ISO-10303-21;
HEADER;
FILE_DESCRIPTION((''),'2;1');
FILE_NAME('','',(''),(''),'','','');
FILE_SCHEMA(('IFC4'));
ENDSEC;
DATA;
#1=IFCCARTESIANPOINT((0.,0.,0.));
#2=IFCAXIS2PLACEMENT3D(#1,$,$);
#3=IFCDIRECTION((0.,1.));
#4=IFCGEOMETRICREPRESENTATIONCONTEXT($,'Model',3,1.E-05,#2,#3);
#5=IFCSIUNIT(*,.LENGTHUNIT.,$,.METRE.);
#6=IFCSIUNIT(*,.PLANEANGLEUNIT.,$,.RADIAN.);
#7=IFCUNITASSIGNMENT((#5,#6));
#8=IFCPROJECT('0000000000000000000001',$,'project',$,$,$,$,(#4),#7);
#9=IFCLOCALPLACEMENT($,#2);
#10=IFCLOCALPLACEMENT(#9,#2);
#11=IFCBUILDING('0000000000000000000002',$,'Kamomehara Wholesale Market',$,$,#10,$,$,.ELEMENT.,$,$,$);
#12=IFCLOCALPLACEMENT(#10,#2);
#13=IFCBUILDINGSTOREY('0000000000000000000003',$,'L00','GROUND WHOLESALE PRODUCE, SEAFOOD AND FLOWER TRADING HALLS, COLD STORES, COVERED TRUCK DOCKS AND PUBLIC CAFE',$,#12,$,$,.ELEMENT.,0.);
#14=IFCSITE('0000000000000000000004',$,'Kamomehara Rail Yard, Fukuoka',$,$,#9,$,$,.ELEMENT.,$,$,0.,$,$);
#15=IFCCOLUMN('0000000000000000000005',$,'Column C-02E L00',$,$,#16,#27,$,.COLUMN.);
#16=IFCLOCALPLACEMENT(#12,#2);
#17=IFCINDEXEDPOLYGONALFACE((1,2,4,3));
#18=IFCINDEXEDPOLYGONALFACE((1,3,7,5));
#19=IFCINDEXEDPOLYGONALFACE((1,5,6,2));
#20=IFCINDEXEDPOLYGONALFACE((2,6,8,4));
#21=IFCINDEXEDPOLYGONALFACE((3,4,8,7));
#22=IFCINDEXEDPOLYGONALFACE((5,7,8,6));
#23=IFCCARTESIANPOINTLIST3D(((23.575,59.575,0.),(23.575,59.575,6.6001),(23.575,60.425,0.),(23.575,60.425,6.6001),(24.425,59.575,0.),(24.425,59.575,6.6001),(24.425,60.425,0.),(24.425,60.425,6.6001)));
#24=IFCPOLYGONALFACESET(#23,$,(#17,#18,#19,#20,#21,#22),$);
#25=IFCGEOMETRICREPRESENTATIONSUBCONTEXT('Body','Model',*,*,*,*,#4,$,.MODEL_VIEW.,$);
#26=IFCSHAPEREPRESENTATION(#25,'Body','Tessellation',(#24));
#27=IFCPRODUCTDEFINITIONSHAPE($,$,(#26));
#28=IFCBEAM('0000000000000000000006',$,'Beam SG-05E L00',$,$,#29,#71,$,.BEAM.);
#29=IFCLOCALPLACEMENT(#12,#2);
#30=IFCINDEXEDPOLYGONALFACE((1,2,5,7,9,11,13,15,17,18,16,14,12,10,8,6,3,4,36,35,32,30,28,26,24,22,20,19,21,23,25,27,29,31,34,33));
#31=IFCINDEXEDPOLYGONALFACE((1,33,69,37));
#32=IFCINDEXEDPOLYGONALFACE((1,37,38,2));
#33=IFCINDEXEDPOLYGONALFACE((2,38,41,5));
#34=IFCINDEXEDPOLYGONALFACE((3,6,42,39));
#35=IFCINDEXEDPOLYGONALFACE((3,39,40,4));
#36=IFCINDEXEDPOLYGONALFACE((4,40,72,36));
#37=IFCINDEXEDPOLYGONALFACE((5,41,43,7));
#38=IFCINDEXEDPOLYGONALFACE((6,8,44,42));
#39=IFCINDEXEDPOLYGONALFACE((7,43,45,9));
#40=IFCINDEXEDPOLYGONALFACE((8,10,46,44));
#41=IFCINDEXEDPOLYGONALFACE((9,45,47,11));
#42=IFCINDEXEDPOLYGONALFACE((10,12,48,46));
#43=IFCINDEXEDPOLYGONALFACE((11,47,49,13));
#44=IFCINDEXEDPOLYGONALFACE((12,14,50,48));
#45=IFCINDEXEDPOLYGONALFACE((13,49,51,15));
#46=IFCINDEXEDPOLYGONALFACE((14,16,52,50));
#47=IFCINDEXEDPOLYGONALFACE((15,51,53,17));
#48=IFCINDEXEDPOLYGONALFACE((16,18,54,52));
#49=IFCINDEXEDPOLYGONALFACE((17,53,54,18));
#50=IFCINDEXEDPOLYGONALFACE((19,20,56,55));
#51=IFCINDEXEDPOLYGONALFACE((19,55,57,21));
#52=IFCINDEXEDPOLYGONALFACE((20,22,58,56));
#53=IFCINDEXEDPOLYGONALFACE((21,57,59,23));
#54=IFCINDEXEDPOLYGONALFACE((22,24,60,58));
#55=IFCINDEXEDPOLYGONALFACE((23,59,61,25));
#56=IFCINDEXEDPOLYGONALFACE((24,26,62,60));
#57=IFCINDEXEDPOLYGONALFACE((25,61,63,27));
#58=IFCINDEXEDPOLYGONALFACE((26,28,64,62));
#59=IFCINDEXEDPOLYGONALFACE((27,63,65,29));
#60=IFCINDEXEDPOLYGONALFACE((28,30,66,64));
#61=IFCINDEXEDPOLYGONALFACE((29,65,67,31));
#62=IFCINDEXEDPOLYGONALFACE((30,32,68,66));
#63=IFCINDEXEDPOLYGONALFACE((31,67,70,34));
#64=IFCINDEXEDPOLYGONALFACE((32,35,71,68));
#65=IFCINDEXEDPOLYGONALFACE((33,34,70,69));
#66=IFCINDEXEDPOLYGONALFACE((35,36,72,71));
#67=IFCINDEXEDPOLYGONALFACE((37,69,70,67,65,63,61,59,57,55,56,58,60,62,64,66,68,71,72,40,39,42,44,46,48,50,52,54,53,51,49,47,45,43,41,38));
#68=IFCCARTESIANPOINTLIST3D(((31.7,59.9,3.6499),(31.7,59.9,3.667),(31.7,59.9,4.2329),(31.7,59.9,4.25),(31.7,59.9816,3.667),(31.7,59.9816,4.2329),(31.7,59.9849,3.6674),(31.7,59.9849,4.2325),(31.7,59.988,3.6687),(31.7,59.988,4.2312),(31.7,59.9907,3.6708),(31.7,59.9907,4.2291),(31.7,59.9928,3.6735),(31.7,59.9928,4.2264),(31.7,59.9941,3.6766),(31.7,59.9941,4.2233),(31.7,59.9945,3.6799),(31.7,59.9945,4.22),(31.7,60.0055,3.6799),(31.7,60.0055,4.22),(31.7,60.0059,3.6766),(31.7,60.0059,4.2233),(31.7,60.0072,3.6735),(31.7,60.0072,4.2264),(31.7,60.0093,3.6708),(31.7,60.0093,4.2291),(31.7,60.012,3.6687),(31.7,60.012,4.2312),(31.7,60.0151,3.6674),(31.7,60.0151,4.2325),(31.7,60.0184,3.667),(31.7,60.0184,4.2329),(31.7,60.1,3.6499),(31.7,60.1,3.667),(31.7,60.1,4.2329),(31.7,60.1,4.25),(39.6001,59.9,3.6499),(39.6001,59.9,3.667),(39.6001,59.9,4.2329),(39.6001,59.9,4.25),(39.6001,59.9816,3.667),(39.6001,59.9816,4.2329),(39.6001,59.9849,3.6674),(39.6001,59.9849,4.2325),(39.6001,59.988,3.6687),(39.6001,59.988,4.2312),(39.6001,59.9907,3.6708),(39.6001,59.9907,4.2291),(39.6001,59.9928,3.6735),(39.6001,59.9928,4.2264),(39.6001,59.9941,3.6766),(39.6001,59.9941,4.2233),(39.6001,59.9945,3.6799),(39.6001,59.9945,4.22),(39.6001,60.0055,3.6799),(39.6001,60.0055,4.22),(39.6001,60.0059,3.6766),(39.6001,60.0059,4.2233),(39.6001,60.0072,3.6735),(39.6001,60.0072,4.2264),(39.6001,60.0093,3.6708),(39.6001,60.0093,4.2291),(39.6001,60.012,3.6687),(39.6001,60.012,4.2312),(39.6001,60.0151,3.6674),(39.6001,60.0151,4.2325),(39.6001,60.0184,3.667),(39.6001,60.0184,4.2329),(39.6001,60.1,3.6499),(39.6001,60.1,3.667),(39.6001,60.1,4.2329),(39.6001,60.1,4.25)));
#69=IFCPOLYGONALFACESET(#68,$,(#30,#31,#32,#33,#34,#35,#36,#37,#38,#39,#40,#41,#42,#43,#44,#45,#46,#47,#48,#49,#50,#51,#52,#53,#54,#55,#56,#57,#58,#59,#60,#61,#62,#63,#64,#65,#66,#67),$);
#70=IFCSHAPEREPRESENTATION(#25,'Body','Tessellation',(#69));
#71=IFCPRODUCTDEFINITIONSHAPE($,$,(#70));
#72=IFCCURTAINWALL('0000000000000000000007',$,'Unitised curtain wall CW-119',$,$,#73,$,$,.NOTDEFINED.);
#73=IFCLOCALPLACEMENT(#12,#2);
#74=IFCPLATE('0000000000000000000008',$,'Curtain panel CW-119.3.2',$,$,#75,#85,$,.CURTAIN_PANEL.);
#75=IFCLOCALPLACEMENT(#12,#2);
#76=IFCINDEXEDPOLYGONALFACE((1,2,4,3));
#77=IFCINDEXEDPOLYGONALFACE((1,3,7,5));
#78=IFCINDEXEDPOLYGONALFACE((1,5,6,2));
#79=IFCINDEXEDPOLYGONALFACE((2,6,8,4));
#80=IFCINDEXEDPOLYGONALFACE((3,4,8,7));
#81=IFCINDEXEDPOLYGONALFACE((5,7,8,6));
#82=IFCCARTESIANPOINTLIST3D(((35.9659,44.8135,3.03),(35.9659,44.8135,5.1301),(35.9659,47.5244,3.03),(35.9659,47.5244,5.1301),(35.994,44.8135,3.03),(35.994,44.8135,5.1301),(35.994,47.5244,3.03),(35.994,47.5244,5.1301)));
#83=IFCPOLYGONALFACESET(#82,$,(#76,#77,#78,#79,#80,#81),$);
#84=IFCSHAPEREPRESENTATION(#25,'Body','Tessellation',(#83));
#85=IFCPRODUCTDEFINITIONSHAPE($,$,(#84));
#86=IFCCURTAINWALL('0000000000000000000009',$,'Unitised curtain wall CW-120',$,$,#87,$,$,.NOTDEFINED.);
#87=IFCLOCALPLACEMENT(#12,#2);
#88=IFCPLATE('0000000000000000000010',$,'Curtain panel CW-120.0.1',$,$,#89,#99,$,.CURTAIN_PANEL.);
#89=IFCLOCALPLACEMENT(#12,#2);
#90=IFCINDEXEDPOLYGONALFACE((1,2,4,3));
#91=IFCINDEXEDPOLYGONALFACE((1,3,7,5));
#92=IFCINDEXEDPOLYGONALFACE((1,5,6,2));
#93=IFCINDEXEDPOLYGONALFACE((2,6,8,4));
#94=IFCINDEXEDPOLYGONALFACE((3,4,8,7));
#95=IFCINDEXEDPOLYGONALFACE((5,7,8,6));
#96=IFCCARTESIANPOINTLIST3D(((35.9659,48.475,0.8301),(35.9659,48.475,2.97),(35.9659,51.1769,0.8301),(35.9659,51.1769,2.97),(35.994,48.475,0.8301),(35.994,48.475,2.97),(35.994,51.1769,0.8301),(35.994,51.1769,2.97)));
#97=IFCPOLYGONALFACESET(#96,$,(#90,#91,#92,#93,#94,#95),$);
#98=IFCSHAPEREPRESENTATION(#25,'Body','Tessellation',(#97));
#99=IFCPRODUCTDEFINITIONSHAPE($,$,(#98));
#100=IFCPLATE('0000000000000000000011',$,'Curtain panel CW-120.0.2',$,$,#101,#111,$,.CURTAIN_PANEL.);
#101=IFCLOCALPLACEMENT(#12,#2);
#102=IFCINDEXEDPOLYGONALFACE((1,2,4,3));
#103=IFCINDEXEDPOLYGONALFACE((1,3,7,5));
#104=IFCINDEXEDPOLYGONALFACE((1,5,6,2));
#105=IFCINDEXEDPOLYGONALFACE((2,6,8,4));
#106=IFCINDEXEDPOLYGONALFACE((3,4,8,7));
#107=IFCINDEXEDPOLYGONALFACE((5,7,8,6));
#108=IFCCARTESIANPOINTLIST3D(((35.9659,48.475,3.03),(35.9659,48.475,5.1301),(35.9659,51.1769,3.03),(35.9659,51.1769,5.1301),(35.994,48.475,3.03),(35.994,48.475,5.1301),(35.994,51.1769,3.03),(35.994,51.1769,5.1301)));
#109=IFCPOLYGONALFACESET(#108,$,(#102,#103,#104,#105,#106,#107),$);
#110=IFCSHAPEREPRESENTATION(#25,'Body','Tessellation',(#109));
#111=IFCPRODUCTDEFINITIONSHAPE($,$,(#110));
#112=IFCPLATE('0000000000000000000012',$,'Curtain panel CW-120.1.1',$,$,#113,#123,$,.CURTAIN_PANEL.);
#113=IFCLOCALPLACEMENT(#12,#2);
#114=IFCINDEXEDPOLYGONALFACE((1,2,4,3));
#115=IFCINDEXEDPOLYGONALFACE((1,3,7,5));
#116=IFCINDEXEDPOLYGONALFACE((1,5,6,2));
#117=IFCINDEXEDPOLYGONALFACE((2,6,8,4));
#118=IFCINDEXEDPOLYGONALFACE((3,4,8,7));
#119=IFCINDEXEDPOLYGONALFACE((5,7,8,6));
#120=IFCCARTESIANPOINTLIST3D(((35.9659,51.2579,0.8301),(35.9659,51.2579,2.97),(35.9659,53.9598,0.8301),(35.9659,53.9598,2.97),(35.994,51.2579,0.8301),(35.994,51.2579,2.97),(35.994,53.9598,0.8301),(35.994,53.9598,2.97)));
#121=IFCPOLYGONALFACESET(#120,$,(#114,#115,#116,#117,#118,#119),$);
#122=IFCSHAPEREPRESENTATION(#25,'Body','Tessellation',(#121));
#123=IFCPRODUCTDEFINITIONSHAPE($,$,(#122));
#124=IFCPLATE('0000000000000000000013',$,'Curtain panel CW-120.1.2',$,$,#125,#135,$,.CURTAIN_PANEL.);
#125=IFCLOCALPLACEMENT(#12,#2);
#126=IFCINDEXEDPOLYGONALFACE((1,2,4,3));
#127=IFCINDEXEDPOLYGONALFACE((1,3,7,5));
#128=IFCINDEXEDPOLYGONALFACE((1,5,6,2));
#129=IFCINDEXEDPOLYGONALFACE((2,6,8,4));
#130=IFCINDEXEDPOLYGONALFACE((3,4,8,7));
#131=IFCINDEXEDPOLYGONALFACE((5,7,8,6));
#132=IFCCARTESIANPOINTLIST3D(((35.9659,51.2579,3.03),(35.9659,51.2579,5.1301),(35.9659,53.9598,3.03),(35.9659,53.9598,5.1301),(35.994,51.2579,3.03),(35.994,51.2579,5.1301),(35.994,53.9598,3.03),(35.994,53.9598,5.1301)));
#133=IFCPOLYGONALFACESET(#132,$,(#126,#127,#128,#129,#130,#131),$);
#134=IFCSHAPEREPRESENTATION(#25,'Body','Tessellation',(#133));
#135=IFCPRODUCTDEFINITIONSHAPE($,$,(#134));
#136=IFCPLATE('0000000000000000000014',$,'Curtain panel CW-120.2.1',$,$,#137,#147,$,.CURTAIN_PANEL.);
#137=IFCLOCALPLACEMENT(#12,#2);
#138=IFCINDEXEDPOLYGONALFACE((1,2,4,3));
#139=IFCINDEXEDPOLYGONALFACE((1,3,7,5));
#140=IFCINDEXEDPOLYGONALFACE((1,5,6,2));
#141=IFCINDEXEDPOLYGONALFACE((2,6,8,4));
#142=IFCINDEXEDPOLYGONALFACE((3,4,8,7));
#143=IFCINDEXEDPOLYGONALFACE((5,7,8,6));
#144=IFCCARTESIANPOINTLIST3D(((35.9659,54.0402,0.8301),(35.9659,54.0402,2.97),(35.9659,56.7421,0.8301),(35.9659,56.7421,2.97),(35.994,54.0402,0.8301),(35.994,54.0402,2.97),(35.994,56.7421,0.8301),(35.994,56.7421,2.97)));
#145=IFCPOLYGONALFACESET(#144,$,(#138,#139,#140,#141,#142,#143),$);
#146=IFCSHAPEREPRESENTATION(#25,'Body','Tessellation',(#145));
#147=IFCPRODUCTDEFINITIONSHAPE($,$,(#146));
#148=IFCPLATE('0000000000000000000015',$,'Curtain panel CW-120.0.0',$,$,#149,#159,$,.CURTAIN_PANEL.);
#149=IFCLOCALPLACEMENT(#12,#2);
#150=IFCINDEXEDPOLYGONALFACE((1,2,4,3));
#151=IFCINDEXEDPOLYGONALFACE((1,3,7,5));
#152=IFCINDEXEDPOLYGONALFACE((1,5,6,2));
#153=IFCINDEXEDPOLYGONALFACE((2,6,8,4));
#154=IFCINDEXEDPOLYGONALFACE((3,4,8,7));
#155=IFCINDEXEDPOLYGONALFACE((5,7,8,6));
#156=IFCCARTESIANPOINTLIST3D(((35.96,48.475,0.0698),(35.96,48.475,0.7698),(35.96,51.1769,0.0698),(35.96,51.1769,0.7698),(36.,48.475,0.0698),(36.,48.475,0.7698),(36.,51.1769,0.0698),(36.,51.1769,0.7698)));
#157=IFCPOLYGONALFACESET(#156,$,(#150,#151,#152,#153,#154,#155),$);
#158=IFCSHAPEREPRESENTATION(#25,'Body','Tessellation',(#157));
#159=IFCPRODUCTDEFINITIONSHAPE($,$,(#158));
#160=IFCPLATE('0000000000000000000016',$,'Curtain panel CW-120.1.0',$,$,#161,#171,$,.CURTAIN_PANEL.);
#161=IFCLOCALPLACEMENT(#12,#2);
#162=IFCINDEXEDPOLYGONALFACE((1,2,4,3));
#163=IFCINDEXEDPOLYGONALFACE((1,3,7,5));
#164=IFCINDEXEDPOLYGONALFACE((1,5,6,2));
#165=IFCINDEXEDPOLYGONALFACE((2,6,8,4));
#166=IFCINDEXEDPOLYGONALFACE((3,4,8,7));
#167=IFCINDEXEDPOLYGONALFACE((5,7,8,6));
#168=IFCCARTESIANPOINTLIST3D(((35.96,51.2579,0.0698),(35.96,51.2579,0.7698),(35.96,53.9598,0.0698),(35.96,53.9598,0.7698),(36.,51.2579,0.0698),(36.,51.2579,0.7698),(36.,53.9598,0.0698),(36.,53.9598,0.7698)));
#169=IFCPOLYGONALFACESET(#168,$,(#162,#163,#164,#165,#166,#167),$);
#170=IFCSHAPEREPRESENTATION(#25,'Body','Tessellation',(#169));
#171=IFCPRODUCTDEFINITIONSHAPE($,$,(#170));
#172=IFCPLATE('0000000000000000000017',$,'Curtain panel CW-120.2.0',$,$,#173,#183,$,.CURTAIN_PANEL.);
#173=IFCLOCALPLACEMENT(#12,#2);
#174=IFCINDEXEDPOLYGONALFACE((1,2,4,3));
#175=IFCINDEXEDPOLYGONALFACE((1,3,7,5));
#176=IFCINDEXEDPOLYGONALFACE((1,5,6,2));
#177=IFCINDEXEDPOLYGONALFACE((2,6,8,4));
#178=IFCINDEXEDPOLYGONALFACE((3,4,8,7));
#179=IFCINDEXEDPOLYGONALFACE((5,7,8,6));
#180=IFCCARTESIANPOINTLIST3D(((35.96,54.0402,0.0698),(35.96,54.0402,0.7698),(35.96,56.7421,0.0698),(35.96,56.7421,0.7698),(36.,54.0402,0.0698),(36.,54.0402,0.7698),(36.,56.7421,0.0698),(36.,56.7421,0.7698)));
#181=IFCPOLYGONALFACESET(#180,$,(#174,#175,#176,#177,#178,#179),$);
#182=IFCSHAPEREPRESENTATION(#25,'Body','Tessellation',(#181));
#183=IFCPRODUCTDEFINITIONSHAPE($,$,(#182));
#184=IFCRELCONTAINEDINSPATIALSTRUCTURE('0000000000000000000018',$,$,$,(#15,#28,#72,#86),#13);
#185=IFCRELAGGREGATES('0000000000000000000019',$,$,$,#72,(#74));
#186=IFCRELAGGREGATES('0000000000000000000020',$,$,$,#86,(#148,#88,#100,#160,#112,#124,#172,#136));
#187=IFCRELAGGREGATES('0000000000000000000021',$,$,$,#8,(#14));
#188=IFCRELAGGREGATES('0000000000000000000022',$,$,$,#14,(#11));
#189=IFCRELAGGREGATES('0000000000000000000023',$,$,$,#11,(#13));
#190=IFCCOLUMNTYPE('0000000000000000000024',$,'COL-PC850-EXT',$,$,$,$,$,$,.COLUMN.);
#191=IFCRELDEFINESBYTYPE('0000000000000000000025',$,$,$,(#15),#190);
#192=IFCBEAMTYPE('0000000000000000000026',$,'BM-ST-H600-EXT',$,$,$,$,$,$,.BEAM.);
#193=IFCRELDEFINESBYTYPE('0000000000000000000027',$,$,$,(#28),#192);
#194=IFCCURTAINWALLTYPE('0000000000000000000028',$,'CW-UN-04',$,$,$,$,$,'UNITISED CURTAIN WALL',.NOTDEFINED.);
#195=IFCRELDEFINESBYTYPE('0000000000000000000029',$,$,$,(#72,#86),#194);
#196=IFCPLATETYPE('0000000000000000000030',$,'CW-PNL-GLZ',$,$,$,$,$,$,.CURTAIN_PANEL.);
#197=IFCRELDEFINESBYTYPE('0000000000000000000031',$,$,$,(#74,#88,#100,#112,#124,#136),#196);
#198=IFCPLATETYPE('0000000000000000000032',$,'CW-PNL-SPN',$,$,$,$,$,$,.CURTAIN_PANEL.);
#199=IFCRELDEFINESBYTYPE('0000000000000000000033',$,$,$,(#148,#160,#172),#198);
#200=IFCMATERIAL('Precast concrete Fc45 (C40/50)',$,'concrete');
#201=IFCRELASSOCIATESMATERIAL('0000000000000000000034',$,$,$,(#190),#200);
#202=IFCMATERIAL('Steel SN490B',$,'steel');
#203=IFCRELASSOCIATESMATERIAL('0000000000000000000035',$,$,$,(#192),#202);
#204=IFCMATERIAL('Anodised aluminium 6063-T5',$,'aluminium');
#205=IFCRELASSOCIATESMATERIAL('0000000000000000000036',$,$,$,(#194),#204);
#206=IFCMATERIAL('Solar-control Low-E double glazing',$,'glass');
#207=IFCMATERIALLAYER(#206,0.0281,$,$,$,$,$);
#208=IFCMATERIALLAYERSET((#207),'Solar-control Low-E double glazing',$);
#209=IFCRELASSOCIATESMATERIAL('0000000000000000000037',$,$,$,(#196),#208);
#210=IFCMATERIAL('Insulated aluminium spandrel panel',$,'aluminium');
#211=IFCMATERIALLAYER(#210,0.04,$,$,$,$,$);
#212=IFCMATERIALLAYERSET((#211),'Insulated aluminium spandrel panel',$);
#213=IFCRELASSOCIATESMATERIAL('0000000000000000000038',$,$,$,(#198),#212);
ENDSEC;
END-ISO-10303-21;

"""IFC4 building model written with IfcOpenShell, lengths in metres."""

from ifc_helpers import new_model, si_unit, direction, frame, origin, origin_2d, place, context, subcontext, project, spatial, rectangle, i_section, extrude, material, layer, layer_set, material_profile, profile_set, type_object, element, aggregate, save


model = new_model("IFC4")

# Units and contexts
model_context = context("Model", 3, precision=1e-05, world=origin(), true_north=direction((0.0, 1.0)))
body_context = subcontext(model_context, "Body", "Model", "MODEL_VIEW")
ifc_project = project(units=[si_unit("LENGTHUNIT", "METRE"), si_unit("PLANEANGLEUNIT", "RADIAN")], contexts=[model_context])

# Site, building, storey
site_placement = place(None, origin())
site = spatial("IfcSite", under=ifc_project, at=site_placement, Name="Kamomehara Rail Yard, Fukuoka", CompositionType="ELEMENT", RefElevation=0.0)
building_placement = place(site_placement, origin())
building = spatial("IfcBuilding", under=site, at=building_placement, Name="Kamomehara Wholesale Market", CompositionType="ELEMENT")
storey_placement = place(building_placement, origin())
storey = spatial("IfcBuildingStorey", under=building, at=storey_placement, Name="L00", Description="GROUND WHOLESALE PRODUCE, SEAFOOD AND FLOWER TRADING HALLS, COLD STORES, COVERED TRUCK DOCKS AND PUBLIC CAFE", CompositionType="ELEMENT", Elevation=0.0)

# Column
ifc_material_1 = material(Name="Precast concrete Fc45 (C40/50)", Category="concrete")
ifc_material_profile_1 = material_profile(ifc_material_1, rectangle(XDim=0.8501, YDim=0.8501, at=origin_2d()), Name="PC-COL-850x850")
ifc_profile_set_1 = profile_set([ifc_material_profile_1], Name="Precast concrete Fc45 (C40/50)")
column_type = type_object("IfcColumnType", Name="COL-PC850-EXT", PredefinedType="COLUMN", material=ifc_profile_set_1)
column_placement = place(storey_placement, frame((24.0, 60.0, 0.0), z_axis=(0.0, 0.0, 1.0), x_axis=(1.0, 0.0, 0.0)))
element("IfcColumn", 1, at=column_placement, inside=storey, type_object=column_type, Name="Column C-02E L00", PredefinedType="COLUMN", context=body_context, shape_type="SweptSolid", body=[
    extrude(rectangle(XDim=0.8501, YDim=0.8501, at=origin_2d()), origin(), (0.0, 0.0, 1.0), 6.6001),
])

# Beam
ifc_material_2 = material(Name="Steel SN490B", Category="steel")
ifc_material_profile_2 = material_profile(ifc_material_2, i_section(OverallWidth=0.2, OverallDepth=0.6001, WebThickness=0.011, FlangeThickness=0.0171, FilletRadius=0.0129, at=origin_2d()), Name="H-600x200x11x17")
ifc_profile_set_2 = profile_set([ifc_material_profile_2], Name="Steel SN490B")
beam_type = type_object("IfcBeamType", Name="BM-ST-H600-EXT", PredefinedType="BEAM", material=ifc_profile_set_2)
beam_placement = place(storey_placement, frame((31.7, 60.0, 3.95), z_axis=(1.0, 0.0, 0.0), x_axis=(0.0, 1.0, 0.0)))
element("IfcBeam", 2, at=beam_placement, inside=storey, type_object=beam_type, Name="Beam SG-05E L00", PredefinedType="BEAM", context=body_context, shape_type="SweptSolid", body=[
    extrude(i_section(OverallWidth=0.2, OverallDepth=0.6001, WebThickness=0.011, FlangeThickness=0.0171, FilletRadius=0.0129, at=origin_2d()), origin(), (0.0, 0.0, 1.0), 7.9001),
])

# Curtain wall, plate
ifc_material_3 = material(Name="Anodised aluminium 6063-T5", Category="aluminium")
curtain_wall_type = type_object("IfcCurtainWallType", Name="CW-UN-04", ElementType="UNITISED CURTAIN WALL", PredefinedType="NOTDEFINED", material=ifc_material_3)
curtain_wall_1_placement = place(storey_placement, origin())
curtain_wall_1 = element("IfcCurtainWall", 3, at=curtain_wall_1_placement, inside=storey, type_object=curtain_wall_type, Name="Unitised curtain wall CW-119", PredefinedType="NOTDEFINED")
ifc_material_4 = material(Name="Solar-control Low-E double glazing", Category="glass")
ifc_layer_1 = layer(ifc_material_4, 0.0281)
ifc_layer_set_1 = layer_set([ifc_layer_1], Name="Solar-control Low-E double glazing")
plate_type_1 = type_object("IfcPlateType", Name="CW-PNL-GLZ", PredefinedType="CURTAIN_PANEL", material=ifc_layer_set_1)
plate_1_placement = place(storey_placement, frame((35.98, 46.1689, 3.03), z_axis=(0.0, 0.0, 1.0), x_axis=(0.0, 1.0, 0.0)))
plate_1 = element("IfcPlate", 4, at=plate_1_placement, type_object=plate_type_1, Name="Curtain panel CW-119.3.2", PredefinedType="CURTAIN_PANEL", context=body_context, shape_type="SweptSolid", body=[
    extrude(rectangle(XDim=2.7109, YDim=0.0281, at=origin_2d()), origin(), (0.0, 0.0, 1.0), 2.1001),
])
aggregate(curtain_wall_1, [plate_1])

# Curtain wall, plates
curtain_wall_2_placement = place(storey_placement, origin())
curtain_wall_2 = element("IfcCurtainWall", 5, at=curtain_wall_2_placement, inside=storey, type_object=curtain_wall_type, Name="Unitised curtain wall CW-120", PredefinedType="NOTDEFINED")
plate_2_placement = place(storey_placement, frame((35.98, 49.8259, 0.8301), z_axis=(0.0, 0.0, 1.0), x_axis=(0.0, 1.0, 0.0)))
plate_2 = element("IfcPlate", 6, at=plate_2_placement, type_object=plate_type_1, Name="Curtain panel CW-120.0.1", PredefinedType="CURTAIN_PANEL", context=body_context, shape_type="SweptSolid", body=[
    extrude(rectangle(XDim=2.7019, YDim=0.0281, at=origin_2d()), origin(), (0.0, 0.0, 1.0), 2.1399),
])
plate_3_placement = place(storey_placement, frame((35.98, 49.8259, 3.03), z_axis=(0.0, 0.0, 1.0), x_axis=(0.0, 1.0, 0.0)))
plate_3 = element("IfcPlate", 7, at=plate_3_placement, type_object=plate_type_1, Name="Curtain panel CW-120.0.2", PredefinedType="CURTAIN_PANEL", context=body_context, shape_type="SweptSolid", body=[
    extrude(rectangle(XDim=2.7019, YDim=0.0281, at=origin_2d()), origin(), (0.0, 0.0, 1.0), 2.1001),
])
plate_4_placement = place(storey_placement, frame((35.98, 52.6089, 0.8301), z_axis=(0.0, 0.0, 1.0), x_axis=(0.0, 1.0, 0.0)))
plate_4 = element("IfcPlate", 8, at=plate_4_placement, type_object=plate_type_1, Name="Curtain panel CW-120.1.1", PredefinedType="CURTAIN_PANEL", context=body_context, shape_type="SweptSolid", body=[
    extrude(rectangle(XDim=2.7019, YDim=0.0281, at=origin_2d()), origin(), (0.0, 0.0, 1.0), 2.1399),
])
plate_5_placement = place(storey_placement, frame((35.98, 52.6089, 3.03), z_axis=(0.0, 0.0, 1.0), x_axis=(0.0, 1.0, 0.0)))
plate_5 = element("IfcPlate", 9, at=plate_5_placement, type_object=plate_type_1, Name="Curtain panel CW-120.1.2", PredefinedType="CURTAIN_PANEL", context=body_context, shape_type="SweptSolid", body=[
    extrude(rectangle(XDim=2.7019, YDim=0.0281, at=origin_2d()), origin(), (0.0, 0.0, 1.0), 2.1001),
])
plate_6_placement = place(storey_placement, frame((35.98, 55.3911, 0.8301), z_axis=(0.0, 0.0, 1.0), x_axis=(0.0, 1.0, 0.0)))
plate_6 = element("IfcPlate", 10, at=plate_6_placement, type_object=plate_type_1, Name="Curtain panel CW-120.2.1", PredefinedType="CURTAIN_PANEL", context=body_context, shape_type="SweptSolid", body=[
    extrude(rectangle(XDim=2.7019, YDim=0.0281, at=origin_2d()), origin(), (0.0, 0.0, 1.0), 2.1399),
])
ifc_material_5 = material(Name="Insulated aluminium spandrel panel", Category="aluminium")
ifc_layer_2 = layer(ifc_material_5, 0.04)
ifc_layer_set_2 = layer_set([ifc_layer_2], Name="Insulated aluminium spandrel panel")
plate_type_2 = type_object("IfcPlateType", Name="CW-PNL-SPN", PredefinedType="CURTAIN_PANEL", material=ifc_layer_set_2)
plate_7_placement = place(storey_placement, frame((35.98, 49.8259, 0.0698), z_axis=(0.0, 0.0, 1.0), x_axis=(0.0, 1.0, 0.0)))
plate_7 = element("IfcPlate", 11, at=plate_7_placement, type_object=plate_type_2, Name="Curtain panel CW-120.0.0", PredefinedType="CURTAIN_PANEL", context=body_context, shape_type="SweptSolid", body=[
    extrude(rectangle(XDim=2.7019, YDim=0.04, at=origin_2d()), origin(), (0.0, 0.0, 1.0), 0.7),
])
plate_8_placement = place(storey_placement, frame((35.98, 52.6089, 0.0698), z_axis=(0.0, 0.0, 1.0), x_axis=(0.0, 1.0, 0.0)))
plate_8 = element("IfcPlate", 12, at=plate_8_placement, type_object=plate_type_2, Name="Curtain panel CW-120.1.0", PredefinedType="CURTAIN_PANEL", context=body_context, shape_type="SweptSolid", body=[
    extrude(rectangle(XDim=2.7019, YDim=0.04, at=origin_2d()), origin(), (0.0, 0.0, 1.0), 0.7),
])
plate_9_placement = place(storey_placement, frame((35.98, 55.3911, 0.0698), z_axis=(0.0, 0.0, 1.0), x_axis=(0.0, 1.0, 0.0)))
plate_9 = element("IfcPlate", 13, at=plate_9_placement, type_object=plate_type_2, Name="Curtain panel CW-120.2.0", PredefinedType="CURTAIN_PANEL", context=body_context, shape_type="SweptSolid", body=[
    extrude(rectangle(XDim=2.7019, YDim=0.04, at=origin_2d()), origin(), (0.0, 0.0, 1.0), 0.7),
])
aggregate(curtain_wall_2, [plate_7, plate_2, plate_3, plate_8, plate_4, plate_5, plate_9, plate_6])

save(model, "model.ifc")
